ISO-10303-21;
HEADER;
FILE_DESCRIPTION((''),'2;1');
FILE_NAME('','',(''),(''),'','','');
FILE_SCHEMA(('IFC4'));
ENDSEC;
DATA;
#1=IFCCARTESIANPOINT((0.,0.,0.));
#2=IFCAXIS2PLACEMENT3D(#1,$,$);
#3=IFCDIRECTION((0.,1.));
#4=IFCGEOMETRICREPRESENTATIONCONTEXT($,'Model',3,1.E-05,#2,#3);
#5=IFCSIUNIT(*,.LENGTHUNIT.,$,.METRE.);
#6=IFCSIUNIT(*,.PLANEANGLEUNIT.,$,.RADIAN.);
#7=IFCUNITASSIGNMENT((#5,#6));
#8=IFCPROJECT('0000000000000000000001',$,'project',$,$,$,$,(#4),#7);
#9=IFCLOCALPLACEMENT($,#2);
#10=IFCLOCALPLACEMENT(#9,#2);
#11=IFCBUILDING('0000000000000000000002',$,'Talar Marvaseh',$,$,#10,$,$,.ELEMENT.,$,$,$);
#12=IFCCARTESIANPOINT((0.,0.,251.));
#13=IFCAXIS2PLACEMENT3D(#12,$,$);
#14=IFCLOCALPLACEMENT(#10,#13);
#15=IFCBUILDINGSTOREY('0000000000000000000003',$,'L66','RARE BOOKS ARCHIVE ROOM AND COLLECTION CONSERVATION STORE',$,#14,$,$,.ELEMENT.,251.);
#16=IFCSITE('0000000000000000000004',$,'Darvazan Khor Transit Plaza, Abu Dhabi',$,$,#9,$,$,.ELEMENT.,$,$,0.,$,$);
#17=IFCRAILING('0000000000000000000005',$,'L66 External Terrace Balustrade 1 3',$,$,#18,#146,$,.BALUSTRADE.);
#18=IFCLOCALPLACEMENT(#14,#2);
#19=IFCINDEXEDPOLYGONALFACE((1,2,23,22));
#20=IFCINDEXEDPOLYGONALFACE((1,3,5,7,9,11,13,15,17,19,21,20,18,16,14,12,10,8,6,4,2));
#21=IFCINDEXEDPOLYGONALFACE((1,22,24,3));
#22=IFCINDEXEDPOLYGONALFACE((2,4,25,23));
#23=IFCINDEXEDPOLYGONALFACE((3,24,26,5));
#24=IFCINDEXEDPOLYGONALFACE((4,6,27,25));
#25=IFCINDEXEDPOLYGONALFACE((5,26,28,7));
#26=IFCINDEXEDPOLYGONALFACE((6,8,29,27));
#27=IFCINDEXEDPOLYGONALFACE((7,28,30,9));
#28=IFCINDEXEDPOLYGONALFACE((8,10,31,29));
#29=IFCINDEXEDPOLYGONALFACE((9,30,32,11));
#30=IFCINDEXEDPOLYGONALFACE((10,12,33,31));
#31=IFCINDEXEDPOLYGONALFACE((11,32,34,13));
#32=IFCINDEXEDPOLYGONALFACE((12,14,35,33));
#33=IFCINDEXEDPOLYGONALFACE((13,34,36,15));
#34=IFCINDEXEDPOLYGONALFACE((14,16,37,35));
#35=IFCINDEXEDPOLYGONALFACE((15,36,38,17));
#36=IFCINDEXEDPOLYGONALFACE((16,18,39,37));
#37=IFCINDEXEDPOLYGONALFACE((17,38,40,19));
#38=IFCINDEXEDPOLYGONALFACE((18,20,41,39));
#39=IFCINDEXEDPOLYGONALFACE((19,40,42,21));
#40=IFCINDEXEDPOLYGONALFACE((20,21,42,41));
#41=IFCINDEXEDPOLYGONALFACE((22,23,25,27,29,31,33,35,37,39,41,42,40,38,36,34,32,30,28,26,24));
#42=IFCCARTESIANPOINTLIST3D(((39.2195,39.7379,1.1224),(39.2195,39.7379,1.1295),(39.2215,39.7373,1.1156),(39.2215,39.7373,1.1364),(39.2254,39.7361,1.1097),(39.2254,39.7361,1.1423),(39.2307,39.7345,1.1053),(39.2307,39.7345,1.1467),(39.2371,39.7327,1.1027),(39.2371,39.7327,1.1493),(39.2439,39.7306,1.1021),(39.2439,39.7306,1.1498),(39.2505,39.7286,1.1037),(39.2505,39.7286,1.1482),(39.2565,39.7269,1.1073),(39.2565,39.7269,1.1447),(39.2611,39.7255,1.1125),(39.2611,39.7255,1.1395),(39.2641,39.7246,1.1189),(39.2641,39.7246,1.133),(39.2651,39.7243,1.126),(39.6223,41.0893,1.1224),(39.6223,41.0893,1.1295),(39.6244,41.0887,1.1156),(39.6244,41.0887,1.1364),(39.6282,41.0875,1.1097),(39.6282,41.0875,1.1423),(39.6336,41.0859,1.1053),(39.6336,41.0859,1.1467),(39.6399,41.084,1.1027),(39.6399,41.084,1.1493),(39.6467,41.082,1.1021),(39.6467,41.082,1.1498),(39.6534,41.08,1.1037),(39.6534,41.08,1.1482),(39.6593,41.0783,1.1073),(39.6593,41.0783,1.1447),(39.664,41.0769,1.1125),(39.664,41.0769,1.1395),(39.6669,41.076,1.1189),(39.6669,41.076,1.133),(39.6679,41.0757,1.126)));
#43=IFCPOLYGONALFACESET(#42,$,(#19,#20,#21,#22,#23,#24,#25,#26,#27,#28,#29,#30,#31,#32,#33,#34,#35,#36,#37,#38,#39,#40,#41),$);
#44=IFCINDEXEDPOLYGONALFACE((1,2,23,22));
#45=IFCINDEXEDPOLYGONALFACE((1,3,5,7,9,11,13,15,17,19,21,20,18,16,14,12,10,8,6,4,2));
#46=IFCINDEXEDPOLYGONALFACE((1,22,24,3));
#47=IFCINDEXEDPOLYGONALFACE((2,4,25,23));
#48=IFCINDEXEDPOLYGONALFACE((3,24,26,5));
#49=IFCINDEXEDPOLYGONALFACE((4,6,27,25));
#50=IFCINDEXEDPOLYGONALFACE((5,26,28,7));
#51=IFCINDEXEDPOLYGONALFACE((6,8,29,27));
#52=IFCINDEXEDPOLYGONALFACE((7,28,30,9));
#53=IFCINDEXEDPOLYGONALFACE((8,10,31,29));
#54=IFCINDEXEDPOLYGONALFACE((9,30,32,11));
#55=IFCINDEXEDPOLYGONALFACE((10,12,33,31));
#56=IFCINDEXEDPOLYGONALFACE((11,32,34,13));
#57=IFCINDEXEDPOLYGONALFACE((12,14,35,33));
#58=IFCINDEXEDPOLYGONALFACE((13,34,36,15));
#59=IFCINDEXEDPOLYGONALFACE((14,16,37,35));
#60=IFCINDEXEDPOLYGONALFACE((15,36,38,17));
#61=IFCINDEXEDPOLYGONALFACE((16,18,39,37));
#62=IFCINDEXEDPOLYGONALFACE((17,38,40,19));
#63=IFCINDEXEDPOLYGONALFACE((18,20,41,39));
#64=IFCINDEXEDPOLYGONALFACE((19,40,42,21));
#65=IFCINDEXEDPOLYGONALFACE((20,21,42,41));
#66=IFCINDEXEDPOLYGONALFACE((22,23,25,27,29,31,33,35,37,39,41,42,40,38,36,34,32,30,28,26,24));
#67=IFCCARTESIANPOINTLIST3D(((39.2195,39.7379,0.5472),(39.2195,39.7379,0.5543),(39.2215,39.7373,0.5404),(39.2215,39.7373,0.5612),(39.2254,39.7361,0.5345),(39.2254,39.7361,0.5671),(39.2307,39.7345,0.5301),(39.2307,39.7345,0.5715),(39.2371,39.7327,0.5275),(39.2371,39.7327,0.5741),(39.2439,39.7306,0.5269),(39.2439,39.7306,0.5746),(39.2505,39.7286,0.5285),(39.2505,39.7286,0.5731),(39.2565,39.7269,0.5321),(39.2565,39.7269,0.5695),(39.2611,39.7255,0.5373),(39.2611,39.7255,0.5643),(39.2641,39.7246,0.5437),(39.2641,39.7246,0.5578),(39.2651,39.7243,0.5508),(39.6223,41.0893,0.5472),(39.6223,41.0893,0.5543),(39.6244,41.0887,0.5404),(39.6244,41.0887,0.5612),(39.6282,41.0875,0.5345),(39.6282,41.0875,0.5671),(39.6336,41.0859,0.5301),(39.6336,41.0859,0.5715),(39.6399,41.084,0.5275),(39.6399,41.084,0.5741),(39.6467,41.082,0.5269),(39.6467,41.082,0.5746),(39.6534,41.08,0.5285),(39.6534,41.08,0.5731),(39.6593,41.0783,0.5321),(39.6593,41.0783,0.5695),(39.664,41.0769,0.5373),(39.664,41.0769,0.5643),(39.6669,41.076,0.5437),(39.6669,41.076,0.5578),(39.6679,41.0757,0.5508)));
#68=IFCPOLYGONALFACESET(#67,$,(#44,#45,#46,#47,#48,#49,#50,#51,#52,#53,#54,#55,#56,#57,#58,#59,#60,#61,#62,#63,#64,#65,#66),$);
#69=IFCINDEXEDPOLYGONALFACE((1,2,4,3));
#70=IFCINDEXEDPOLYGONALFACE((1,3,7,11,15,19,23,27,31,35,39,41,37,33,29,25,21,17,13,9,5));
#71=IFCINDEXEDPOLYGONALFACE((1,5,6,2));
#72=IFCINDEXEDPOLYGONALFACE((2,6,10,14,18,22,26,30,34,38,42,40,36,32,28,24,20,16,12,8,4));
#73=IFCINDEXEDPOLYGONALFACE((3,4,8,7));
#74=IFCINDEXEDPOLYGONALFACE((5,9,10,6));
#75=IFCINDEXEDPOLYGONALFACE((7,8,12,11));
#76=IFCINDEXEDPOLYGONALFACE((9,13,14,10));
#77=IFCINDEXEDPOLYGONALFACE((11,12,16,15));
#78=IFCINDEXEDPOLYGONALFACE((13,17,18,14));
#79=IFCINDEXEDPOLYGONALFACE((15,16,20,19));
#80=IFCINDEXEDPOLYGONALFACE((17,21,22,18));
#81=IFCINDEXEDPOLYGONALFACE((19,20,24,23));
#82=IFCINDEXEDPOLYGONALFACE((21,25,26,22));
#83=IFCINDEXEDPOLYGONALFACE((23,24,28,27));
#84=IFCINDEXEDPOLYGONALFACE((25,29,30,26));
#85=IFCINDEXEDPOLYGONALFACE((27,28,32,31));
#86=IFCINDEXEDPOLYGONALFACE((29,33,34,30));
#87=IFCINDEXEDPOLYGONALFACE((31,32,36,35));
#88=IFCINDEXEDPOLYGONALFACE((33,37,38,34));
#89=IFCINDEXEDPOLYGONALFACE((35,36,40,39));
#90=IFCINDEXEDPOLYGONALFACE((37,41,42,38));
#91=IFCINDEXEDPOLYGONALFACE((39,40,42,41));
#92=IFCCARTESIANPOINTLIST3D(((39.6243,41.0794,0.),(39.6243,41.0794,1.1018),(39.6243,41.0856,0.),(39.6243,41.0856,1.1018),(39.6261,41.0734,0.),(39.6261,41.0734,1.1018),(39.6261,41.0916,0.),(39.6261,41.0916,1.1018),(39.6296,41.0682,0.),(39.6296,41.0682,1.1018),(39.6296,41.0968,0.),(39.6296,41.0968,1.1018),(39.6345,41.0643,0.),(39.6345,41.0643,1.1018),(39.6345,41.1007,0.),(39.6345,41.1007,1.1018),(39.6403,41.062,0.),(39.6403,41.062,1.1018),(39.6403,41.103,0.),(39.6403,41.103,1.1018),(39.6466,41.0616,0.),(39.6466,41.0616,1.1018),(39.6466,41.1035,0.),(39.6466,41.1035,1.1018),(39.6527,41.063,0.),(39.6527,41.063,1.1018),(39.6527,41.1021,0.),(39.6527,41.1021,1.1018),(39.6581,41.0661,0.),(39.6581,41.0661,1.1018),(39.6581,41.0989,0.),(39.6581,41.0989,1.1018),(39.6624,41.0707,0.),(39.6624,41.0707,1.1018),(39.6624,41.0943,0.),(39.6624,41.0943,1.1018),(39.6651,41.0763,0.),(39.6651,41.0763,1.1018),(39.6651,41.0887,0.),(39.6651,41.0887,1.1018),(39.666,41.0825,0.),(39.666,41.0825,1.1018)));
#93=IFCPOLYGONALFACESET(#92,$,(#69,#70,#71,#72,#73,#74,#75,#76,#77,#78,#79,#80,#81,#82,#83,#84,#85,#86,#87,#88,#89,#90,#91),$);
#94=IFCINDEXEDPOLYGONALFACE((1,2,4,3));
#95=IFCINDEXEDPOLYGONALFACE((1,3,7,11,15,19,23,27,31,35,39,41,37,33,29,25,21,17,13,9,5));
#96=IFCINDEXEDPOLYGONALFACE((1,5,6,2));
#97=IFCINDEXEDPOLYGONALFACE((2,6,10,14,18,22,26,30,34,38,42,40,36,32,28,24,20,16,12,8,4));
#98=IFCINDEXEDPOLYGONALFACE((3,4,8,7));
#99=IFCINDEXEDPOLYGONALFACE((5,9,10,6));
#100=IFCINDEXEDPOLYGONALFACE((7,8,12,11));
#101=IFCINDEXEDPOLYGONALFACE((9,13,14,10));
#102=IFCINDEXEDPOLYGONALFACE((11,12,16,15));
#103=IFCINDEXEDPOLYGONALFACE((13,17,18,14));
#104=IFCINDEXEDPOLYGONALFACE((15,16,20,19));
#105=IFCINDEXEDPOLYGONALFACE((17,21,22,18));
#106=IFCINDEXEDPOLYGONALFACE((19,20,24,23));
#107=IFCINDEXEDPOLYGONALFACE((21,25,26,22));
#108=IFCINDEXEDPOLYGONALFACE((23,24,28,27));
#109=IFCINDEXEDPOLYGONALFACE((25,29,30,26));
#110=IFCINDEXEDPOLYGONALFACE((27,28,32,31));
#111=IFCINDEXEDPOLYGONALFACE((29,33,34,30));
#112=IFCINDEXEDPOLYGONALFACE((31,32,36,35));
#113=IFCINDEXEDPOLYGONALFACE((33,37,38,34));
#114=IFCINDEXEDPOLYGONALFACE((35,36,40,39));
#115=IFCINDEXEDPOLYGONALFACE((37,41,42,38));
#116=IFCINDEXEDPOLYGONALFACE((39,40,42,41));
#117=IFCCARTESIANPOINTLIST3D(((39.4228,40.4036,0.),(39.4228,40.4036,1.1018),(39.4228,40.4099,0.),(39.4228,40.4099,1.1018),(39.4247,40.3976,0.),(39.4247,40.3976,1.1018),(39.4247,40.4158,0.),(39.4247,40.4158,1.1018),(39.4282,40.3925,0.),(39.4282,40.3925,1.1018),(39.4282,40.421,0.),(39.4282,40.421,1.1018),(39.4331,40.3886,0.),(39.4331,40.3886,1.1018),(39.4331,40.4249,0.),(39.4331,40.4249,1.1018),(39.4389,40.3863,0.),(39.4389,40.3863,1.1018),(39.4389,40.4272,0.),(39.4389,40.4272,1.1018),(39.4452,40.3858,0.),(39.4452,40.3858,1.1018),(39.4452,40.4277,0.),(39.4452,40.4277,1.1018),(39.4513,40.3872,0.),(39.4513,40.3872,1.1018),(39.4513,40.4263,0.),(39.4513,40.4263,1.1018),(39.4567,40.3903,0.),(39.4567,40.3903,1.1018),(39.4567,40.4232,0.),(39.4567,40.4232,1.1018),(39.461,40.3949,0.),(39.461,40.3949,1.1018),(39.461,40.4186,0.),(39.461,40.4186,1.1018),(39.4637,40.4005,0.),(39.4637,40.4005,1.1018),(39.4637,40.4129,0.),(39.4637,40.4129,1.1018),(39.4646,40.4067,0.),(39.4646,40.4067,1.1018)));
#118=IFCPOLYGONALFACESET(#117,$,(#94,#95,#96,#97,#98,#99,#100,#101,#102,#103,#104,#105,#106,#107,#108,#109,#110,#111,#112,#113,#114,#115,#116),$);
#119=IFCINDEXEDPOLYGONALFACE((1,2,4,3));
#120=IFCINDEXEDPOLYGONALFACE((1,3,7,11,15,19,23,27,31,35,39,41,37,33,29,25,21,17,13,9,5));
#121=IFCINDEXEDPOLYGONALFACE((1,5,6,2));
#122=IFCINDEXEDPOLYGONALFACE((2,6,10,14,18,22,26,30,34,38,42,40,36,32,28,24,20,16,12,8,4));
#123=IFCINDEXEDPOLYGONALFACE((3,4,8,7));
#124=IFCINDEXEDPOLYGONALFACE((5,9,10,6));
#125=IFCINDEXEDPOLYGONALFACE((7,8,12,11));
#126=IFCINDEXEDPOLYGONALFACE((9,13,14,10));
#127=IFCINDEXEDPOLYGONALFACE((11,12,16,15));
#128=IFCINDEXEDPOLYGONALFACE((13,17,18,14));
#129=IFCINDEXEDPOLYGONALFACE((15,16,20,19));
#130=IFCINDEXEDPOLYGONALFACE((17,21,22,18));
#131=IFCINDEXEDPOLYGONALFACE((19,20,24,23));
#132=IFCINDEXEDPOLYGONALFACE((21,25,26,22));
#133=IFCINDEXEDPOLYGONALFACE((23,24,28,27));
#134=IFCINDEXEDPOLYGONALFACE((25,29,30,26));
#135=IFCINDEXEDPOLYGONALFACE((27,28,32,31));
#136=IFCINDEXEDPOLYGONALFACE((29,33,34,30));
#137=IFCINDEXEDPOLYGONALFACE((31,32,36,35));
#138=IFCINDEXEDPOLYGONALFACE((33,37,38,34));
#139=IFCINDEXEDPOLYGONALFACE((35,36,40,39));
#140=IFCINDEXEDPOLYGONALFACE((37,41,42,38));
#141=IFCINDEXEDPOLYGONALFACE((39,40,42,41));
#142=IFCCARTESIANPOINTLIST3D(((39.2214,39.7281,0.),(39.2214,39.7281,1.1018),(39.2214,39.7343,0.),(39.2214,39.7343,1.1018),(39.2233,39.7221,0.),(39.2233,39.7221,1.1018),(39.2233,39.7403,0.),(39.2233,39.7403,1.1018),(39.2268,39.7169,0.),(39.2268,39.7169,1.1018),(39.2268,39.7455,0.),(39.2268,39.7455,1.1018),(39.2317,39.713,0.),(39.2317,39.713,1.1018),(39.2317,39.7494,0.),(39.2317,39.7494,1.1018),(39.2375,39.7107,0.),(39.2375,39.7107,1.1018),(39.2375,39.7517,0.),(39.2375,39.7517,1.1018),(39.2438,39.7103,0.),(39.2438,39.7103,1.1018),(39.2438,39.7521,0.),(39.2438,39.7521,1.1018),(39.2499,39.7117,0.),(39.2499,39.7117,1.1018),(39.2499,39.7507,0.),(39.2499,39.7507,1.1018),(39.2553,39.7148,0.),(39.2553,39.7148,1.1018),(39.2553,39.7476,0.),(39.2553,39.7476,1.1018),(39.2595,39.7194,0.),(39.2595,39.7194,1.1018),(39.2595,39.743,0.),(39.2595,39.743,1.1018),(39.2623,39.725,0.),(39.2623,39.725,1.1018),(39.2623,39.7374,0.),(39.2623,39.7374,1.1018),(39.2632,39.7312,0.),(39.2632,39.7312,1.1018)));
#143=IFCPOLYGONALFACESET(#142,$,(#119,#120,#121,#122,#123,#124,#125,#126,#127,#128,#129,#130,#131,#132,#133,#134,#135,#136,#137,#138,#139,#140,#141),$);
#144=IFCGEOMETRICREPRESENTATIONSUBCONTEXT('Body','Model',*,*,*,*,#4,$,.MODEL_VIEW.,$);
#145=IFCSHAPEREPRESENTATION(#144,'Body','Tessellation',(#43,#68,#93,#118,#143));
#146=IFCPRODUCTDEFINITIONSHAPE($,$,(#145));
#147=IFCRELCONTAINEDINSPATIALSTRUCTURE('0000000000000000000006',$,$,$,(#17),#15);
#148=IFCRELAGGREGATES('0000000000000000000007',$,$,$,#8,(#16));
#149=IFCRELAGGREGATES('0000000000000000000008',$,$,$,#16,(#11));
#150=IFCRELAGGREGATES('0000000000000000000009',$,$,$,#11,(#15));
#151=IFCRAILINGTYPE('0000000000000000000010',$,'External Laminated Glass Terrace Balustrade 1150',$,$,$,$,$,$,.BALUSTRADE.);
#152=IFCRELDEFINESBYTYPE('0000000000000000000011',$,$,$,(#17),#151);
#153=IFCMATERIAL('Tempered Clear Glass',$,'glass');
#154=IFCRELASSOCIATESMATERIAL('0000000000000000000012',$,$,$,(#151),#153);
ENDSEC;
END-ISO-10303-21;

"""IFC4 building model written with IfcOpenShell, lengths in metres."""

from ifc_helpers import new_model, si_unit, direction, frame, origin, origin_2d, place, context, subcontext, project, spatial, circle, extrude, material, type_object, element, save


model = new_model("IFC4")

# Units and contexts
model_context = context("Model", 3, precision=1e-05, world=origin(), true_north=direction((0.0, 1.0)))
body_context = subcontext(model_context, "Body", "Model", "MODEL_VIEW")
ifc_project = project(units=[si_unit("LENGTHUNIT", "METRE"), si_unit("PLANEANGLEUNIT", "RADIAN")], contexts=[model_context])

# Site, building, storey
site_placement = place(None, origin())
site = spatial("IfcSite", under=ifc_project, at=site_placement, Name="Darvazan Khor Transit Plaza, Abu Dhabi", CompositionType="ELEMENT", RefElevation=0.0)
building_placement = place(site_placement, origin())
building = spatial("IfcBuilding", under=site, at=building_placement, Name="Talar Marvaseh", CompositionType="ELEMENT")
storey_placement = place(building_placement, frame((0.0, 0.0, 251.0)))
storey = spatial("IfcBuildingStorey", under=building, at=storey_placement, Name="L66", Description="RARE BOOKS ARCHIVE ROOM AND COLLECTION CONSERVATION STORE", CompositionType="ELEMENT", Elevation=251.0)

# Railing
ifc_material_1 = material(Name="Tempered Clear Glass", Category="glass")
railing_type = type_object("IfcRailingType", Name="External Laminated Glass Terrace Balustrade 1150", PredefinedType="BALUSTRADE", material=ifc_material_1)
railing_placement = place(storey_placement, frame((39.645, 41.0825, 0.0)))
element("IfcRailing", 1, at=railing_placement, inside=storey, type_object=railing_type, Name="L66 External Terrace Balustrade 1 3", PredefinedType="BALUSTRADE", context=body_context, shape_type="SweptSolid", body=[
    extrude(circle(Radius=0.0239, at=origin_2d()), frame((0.0, 0.0, 1.126), z_axis=(-0.28568, -0.958325, 0.0), x_axis=(0.958325, -0.28568, 0.0)), (0.0, 0.0, 1.0), 1.4102),
    extrude(circle(Radius=0.0239, at=origin_2d()), frame((0.0, 0.0, 0.5508), z_axis=(-0.28568, -0.958325, 0.0), x_axis=(0.958325, -0.28568, 0.0)), (0.0, 0.0, 1.0), 1.4102),
    extrude(circle(Radius=0.021, at=origin_2d()), origin(), (0.0, 0.0, 1.0), 1.1018),
    extrude(circle(Radius=0.021, at=origin_2d()), frame((-0.2014, -0.6758, 0.0)), (0.0, 0.0, 1.0), 1.1018),
    extrude(circle(Radius=0.021, at=origin_2d()), frame((-0.4028, -1.3513, 0.0)), (0.0, 0.0, 1.0), 1.1018),
])

save(model, "model.ifc")
